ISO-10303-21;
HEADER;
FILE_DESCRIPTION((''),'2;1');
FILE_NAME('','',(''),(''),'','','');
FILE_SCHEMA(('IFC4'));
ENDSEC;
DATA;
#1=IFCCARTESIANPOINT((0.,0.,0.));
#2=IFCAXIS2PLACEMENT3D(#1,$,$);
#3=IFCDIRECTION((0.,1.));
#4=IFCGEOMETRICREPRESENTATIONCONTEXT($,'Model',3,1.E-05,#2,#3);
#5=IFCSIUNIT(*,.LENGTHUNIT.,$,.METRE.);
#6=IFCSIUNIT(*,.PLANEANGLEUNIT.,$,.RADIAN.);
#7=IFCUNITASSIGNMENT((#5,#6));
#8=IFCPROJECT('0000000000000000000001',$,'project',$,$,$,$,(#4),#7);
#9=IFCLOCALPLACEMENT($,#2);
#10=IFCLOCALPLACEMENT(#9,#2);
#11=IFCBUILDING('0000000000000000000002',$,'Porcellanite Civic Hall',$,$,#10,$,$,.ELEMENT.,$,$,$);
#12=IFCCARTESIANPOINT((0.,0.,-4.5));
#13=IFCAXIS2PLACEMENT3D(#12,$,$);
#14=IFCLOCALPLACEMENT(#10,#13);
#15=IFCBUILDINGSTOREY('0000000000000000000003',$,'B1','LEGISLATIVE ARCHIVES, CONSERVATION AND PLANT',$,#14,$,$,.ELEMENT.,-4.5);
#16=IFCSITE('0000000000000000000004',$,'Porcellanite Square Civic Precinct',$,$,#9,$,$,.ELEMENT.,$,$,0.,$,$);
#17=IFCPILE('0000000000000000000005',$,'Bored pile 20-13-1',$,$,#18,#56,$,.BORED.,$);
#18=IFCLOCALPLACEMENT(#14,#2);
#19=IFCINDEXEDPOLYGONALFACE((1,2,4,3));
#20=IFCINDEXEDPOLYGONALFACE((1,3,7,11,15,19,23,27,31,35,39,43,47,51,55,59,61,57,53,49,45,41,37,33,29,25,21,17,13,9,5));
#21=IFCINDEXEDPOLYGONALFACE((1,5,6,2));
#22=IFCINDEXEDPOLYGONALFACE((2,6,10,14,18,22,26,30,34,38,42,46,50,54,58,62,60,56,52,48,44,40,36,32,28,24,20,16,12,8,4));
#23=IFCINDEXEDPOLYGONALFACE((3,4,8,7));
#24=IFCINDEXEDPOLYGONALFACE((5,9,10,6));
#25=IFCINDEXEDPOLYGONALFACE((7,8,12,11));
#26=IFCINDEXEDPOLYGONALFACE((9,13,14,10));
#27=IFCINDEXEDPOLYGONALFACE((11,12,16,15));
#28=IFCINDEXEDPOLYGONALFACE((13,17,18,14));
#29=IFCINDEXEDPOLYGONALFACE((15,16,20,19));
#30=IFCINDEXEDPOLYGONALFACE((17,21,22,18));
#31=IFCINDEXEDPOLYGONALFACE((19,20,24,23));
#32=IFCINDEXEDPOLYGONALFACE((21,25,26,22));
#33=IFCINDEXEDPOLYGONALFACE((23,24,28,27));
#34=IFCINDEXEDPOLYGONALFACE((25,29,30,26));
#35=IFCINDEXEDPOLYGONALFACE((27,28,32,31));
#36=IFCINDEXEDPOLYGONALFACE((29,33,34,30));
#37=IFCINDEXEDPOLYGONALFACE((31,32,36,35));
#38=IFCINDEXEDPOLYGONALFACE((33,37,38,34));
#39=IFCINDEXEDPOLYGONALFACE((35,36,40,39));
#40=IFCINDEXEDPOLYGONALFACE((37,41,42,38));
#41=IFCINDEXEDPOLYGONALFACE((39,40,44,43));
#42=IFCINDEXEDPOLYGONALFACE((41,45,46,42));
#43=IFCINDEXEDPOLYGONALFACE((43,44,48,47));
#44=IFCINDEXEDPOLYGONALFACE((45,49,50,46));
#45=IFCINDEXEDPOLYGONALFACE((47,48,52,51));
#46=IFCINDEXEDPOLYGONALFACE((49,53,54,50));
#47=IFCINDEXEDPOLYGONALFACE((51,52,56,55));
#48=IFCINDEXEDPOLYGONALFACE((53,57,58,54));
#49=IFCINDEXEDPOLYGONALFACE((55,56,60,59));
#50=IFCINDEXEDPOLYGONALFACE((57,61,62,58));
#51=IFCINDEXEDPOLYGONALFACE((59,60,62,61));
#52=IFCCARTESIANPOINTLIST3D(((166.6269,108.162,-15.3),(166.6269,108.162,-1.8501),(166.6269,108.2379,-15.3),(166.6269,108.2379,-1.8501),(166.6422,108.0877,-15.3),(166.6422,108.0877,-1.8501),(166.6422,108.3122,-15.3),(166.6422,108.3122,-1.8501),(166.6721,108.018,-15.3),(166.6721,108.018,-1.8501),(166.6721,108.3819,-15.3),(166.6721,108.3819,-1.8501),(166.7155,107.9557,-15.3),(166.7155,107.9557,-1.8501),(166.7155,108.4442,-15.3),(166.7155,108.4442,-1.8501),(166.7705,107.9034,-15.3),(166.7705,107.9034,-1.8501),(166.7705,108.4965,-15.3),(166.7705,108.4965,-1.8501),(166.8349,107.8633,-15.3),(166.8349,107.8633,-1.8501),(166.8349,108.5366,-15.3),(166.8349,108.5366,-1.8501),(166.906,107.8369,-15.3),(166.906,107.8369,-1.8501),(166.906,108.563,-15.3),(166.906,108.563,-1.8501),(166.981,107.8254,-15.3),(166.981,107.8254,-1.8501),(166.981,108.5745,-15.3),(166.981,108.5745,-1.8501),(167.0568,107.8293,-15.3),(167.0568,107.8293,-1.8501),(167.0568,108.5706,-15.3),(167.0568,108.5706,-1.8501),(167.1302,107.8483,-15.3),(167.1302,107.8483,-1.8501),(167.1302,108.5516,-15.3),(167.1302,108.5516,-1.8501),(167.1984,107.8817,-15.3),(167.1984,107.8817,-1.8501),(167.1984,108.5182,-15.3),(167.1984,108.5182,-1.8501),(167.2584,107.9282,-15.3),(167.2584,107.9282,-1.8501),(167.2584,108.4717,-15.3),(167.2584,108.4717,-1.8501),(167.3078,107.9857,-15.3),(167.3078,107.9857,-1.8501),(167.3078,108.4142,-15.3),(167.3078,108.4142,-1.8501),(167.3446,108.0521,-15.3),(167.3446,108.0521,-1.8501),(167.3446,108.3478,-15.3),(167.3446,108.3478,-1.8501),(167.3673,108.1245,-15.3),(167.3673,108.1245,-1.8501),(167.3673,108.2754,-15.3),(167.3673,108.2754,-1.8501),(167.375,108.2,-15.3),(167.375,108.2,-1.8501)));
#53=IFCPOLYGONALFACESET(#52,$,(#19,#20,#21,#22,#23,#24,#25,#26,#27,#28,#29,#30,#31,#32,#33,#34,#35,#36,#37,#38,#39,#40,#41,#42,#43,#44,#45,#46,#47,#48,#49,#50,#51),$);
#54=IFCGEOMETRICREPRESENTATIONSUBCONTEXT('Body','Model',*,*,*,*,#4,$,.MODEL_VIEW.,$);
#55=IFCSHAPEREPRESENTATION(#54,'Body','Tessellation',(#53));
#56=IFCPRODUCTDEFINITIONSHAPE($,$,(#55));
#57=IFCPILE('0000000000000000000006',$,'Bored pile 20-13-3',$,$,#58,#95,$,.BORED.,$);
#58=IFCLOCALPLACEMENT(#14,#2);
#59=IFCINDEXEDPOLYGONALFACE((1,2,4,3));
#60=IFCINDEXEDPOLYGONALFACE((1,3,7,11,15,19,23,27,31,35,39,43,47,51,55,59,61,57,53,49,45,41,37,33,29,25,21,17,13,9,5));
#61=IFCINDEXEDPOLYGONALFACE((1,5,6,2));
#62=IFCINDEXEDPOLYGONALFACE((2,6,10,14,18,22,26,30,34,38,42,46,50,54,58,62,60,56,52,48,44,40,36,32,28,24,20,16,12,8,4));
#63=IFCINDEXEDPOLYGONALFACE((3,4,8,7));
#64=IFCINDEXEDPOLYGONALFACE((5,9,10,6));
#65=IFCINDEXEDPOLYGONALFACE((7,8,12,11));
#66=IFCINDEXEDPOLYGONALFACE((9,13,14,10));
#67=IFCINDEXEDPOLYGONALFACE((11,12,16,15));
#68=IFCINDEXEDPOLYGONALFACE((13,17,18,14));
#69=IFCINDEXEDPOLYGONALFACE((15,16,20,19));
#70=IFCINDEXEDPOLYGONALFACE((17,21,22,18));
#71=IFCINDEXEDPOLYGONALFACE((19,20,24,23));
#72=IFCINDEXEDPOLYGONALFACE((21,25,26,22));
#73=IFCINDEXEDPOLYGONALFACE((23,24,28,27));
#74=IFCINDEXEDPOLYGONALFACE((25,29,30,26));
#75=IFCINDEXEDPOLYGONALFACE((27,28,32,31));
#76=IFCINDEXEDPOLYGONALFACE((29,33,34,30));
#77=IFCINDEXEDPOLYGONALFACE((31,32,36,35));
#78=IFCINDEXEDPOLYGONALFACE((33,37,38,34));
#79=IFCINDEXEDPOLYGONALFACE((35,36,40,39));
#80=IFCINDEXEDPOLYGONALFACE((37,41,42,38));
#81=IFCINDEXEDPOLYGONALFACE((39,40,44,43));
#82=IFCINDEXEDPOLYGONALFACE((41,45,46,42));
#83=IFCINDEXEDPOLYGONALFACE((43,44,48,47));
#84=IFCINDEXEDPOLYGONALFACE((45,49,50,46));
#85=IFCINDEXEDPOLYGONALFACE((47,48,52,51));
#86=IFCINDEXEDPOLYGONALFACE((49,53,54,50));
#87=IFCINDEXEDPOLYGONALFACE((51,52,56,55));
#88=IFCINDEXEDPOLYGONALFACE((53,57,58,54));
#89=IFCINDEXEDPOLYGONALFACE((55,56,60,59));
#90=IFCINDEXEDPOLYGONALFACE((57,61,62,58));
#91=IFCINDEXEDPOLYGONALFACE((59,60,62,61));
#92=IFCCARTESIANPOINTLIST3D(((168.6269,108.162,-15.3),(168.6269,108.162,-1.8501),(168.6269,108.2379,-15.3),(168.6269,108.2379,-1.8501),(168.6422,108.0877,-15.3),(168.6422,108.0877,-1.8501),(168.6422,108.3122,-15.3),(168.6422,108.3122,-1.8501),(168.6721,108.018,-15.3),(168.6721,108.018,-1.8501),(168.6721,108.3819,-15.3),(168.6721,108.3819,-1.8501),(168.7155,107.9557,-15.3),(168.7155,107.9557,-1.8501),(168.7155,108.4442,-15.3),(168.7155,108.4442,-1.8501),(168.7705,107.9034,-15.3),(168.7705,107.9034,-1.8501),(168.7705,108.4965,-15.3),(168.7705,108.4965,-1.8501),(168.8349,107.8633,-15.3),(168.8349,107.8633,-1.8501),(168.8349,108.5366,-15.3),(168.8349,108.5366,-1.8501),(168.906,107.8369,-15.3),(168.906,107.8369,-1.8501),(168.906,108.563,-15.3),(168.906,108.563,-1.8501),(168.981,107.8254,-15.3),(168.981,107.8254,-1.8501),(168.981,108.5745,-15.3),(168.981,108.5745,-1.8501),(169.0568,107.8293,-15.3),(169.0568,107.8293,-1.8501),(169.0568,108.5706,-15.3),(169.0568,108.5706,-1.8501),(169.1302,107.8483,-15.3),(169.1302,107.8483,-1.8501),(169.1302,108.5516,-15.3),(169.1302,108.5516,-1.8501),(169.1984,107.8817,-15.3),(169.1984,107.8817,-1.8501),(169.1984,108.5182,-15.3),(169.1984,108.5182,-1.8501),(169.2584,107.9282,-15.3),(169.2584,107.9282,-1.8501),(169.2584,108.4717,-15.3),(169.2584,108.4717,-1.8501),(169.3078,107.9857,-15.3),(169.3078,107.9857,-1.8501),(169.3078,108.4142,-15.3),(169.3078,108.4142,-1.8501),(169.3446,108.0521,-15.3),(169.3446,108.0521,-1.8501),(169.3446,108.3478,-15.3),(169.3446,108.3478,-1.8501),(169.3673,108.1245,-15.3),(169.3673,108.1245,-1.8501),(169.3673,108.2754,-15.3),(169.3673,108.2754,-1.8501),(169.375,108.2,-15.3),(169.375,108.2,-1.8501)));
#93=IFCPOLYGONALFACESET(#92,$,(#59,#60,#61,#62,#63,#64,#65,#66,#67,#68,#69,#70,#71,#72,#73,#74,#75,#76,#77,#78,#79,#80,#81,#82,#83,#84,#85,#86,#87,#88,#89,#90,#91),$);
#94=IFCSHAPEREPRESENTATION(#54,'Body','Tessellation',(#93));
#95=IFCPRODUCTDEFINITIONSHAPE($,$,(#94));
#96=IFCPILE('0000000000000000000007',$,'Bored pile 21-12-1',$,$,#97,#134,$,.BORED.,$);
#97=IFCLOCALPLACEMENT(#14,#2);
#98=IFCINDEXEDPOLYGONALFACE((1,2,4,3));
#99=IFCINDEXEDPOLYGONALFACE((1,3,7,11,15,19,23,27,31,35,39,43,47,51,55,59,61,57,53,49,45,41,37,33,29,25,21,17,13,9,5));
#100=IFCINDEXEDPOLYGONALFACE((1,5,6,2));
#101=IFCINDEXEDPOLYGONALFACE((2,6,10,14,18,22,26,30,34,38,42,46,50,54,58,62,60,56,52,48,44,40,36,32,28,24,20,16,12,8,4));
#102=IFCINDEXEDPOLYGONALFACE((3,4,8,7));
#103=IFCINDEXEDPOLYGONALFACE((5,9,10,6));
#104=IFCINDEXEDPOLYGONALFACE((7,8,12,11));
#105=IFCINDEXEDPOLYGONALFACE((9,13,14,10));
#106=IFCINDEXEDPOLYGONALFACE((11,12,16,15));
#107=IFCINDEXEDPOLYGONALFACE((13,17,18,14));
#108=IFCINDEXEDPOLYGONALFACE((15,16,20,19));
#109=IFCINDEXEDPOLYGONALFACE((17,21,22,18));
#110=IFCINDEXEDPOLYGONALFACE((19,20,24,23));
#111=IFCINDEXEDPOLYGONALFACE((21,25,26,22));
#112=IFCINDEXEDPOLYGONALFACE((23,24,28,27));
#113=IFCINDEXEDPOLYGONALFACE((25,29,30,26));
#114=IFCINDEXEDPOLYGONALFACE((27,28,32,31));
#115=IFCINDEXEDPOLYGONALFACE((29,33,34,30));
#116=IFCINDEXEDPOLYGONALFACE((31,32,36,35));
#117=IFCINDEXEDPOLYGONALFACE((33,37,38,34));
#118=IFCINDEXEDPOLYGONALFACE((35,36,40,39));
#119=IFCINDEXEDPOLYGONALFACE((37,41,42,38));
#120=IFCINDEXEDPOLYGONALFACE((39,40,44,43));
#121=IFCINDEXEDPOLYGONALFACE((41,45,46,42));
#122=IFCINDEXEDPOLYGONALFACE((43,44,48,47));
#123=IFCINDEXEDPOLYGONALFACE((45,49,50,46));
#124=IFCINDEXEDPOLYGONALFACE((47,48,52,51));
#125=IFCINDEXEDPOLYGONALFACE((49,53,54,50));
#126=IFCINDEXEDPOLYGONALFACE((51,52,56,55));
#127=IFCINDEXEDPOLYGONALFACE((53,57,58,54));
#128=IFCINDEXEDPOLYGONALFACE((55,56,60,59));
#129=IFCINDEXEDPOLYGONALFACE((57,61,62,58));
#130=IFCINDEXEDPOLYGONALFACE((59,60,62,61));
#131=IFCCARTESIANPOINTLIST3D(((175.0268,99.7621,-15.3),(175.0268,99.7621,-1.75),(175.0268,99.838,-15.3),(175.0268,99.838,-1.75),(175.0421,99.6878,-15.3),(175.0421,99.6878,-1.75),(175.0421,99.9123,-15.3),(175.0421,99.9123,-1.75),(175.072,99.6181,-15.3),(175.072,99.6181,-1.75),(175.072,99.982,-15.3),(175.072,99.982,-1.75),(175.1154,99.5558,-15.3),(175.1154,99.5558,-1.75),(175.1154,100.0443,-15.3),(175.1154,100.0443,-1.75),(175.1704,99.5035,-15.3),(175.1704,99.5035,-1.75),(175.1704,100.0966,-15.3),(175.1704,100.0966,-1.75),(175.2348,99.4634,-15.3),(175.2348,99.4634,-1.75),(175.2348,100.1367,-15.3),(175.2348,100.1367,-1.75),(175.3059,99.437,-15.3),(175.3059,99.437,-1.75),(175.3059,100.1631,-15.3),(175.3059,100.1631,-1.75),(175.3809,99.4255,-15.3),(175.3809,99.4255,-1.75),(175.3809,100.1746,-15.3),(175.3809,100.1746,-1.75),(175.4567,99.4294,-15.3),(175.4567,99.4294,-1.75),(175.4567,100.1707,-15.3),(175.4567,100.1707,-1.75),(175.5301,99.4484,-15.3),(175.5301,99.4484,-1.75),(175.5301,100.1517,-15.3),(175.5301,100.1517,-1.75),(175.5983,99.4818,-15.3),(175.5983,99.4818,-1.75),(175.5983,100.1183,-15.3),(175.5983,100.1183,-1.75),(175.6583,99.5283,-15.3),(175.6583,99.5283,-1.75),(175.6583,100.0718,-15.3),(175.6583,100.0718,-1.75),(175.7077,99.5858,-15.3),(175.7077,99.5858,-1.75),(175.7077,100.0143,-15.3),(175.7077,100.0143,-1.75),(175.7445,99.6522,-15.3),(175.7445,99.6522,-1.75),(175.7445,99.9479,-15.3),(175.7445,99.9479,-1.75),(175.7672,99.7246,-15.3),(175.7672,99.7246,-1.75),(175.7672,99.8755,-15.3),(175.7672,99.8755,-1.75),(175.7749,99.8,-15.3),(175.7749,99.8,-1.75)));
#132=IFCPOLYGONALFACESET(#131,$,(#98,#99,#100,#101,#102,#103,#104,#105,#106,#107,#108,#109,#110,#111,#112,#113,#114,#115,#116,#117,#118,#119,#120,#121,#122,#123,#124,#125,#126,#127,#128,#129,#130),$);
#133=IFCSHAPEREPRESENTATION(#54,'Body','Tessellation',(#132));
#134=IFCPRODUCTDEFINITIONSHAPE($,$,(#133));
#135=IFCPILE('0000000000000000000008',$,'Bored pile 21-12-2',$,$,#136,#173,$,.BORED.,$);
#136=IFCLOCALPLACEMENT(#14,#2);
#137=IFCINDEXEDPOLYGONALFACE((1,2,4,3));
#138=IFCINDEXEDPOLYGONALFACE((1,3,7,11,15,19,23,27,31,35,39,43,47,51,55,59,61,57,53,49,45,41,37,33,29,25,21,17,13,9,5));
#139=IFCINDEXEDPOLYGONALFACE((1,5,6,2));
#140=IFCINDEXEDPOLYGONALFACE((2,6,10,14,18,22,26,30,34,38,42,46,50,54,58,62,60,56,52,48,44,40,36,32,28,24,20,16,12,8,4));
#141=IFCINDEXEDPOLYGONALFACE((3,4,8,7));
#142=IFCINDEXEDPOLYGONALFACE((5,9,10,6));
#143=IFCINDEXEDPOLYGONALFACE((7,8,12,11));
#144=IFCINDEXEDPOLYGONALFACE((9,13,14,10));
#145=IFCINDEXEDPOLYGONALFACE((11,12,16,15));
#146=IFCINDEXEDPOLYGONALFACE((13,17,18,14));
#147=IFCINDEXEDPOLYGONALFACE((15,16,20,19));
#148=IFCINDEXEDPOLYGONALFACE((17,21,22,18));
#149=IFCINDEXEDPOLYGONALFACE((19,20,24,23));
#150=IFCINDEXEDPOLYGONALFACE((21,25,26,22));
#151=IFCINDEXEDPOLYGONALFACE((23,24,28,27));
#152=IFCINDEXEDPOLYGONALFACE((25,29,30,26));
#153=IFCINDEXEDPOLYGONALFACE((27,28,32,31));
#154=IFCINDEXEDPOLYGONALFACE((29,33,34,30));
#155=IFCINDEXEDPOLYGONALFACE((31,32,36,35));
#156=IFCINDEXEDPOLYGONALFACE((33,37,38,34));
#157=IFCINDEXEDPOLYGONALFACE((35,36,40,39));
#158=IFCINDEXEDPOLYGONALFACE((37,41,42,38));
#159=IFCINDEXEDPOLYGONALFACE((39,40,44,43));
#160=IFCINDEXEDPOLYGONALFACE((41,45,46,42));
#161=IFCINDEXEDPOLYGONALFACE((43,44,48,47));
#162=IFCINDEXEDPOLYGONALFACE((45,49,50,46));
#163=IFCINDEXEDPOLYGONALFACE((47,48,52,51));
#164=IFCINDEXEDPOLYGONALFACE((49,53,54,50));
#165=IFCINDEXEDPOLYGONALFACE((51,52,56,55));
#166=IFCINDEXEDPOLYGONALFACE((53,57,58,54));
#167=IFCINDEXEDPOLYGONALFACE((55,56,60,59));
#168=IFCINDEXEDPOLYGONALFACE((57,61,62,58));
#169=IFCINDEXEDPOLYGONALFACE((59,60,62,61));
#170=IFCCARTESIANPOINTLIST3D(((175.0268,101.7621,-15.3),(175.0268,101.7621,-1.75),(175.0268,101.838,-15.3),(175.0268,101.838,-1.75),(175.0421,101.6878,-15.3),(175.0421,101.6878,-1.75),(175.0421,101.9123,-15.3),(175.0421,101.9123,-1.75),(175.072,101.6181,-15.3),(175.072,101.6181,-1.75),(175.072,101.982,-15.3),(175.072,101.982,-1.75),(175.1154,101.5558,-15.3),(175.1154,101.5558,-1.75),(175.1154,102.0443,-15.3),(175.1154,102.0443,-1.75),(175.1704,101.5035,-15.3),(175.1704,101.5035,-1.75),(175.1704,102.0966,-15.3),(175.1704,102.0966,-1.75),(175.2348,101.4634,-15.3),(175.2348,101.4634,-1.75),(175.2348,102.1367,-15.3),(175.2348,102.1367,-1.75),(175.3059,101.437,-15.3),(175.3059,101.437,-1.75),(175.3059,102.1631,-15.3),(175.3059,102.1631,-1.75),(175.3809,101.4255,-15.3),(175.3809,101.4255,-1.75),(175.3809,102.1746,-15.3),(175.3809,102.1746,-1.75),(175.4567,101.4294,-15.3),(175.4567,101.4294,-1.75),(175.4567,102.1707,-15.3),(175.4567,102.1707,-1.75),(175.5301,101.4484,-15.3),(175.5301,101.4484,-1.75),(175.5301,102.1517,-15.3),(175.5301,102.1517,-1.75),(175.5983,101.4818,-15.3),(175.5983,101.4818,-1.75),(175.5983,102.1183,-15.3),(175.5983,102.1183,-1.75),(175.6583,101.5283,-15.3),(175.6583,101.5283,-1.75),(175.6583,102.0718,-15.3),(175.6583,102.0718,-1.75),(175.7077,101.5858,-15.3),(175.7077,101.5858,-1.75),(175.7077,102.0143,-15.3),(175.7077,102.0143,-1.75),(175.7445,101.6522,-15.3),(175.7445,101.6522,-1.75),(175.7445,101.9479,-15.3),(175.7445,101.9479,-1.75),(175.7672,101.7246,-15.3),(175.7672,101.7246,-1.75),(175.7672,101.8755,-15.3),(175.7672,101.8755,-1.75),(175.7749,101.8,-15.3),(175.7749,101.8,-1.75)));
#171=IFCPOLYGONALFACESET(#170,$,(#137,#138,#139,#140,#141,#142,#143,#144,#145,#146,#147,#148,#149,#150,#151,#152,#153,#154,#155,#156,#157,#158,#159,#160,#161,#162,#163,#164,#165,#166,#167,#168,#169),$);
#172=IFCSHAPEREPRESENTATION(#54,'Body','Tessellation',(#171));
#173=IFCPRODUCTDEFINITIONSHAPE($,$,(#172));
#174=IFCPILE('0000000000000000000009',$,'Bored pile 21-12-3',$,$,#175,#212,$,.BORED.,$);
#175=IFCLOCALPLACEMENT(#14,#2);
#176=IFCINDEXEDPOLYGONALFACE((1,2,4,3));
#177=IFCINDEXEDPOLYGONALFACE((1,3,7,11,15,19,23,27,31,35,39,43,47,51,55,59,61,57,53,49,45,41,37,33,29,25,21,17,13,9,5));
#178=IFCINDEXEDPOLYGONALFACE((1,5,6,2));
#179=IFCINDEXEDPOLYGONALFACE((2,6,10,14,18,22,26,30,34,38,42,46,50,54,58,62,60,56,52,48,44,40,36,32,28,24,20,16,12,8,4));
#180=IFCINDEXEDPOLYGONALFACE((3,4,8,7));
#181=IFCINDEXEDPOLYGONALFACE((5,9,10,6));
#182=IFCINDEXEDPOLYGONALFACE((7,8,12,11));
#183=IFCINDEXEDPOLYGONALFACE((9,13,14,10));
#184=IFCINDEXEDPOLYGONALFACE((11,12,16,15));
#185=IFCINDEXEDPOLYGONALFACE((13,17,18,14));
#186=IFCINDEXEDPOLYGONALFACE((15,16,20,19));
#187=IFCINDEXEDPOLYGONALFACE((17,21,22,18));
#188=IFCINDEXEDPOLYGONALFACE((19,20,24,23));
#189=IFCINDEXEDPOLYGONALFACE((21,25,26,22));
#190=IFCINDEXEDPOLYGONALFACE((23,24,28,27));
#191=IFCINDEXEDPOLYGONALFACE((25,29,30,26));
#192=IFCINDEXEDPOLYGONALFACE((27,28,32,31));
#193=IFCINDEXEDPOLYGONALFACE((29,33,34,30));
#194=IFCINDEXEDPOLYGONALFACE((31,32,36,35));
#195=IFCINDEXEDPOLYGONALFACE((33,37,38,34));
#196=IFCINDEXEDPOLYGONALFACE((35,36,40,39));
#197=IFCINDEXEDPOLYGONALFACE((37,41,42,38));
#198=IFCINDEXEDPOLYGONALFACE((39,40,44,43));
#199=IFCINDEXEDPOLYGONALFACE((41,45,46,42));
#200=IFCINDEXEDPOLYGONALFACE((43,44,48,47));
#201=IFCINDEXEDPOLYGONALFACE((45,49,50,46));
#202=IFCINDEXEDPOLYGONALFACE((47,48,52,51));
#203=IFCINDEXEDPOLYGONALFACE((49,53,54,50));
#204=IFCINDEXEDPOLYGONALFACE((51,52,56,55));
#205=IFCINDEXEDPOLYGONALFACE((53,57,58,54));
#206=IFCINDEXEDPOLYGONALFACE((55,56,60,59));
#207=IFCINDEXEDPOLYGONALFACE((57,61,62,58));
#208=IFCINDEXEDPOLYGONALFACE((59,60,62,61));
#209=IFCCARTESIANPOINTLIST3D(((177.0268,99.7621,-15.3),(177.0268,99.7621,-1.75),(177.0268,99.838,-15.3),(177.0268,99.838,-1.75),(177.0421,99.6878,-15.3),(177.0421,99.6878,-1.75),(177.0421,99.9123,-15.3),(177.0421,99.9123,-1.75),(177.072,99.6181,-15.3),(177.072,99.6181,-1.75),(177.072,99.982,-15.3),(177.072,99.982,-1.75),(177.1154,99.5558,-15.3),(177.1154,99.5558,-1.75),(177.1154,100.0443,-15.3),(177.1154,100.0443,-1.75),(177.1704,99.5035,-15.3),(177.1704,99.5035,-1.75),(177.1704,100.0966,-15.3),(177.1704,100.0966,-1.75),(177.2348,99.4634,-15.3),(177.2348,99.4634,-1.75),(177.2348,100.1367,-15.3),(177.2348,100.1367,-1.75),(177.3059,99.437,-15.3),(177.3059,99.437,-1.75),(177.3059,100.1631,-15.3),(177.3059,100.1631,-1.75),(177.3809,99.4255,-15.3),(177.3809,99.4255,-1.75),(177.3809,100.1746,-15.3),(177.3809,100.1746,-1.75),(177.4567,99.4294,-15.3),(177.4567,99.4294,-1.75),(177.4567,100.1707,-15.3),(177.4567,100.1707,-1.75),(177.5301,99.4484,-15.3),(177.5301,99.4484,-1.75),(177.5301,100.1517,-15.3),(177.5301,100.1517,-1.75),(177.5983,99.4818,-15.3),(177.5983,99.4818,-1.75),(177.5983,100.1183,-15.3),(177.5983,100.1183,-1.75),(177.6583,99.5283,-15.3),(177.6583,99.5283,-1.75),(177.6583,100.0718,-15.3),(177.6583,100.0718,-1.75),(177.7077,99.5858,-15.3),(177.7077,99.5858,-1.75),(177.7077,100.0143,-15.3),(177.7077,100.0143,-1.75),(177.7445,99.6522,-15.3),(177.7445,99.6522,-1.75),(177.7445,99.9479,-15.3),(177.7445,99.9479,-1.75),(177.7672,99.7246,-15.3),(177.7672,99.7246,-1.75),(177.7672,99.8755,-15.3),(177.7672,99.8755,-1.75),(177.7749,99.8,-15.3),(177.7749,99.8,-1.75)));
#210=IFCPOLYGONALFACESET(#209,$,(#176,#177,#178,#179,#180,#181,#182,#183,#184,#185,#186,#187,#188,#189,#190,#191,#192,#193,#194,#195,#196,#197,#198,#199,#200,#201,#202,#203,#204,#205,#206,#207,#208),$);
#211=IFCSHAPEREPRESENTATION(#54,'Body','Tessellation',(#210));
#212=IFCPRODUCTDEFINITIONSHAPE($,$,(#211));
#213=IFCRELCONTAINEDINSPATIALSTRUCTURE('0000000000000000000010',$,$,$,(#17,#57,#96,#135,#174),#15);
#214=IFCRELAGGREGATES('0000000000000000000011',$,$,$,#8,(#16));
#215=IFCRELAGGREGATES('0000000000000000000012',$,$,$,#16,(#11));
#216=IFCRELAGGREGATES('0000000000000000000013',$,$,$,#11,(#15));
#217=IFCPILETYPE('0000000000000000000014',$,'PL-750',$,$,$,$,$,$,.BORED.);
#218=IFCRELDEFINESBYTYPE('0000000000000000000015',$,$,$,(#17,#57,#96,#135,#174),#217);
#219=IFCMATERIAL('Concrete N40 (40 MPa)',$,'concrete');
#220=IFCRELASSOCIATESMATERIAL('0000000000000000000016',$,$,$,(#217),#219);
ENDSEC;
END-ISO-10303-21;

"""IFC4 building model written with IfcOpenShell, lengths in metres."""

from ifc_helpers import new_model, si_unit, direction, frame, origin, origin_2d, place, context, subcontext, project, spatial, circle, extrude, material, material_profile, profile_set, type_object, element, save


model = new_model("IFC4")

# Units and contexts
model_context = context("Model", 3, precision=1e-05, world=origin(), true_north=direction((0.0, 1.0)))
body_context = subcontext(model_context, "Body", "Model", "MODEL_VIEW")
ifc_project = project(units=[si_unit("LENGTHUNIT", "METRE"), si_unit("PLANEANGLEUNIT", "RADIAN")], contexts=[model_context])

# Site, building, storey
site_placement = place(None, origin())
site = spatial("IfcSite", under=ifc_project, at=site_placement, Name="Porcellanite Square Civic Precinct", CompositionType="ELEMENT", RefElevation=0.0)
building_placement = place(site_placement, origin())
building = spatial("IfcBuilding", under=site, at=building_placement, Name="Porcellanite Civic Hall", CompositionType="ELEMENT")
storey_placement = place(building_placement, frame((0.0, 0.0, -4.5)))
storey = spatial("IfcBuildingStorey", under=building, at=storey_placement, Name="B1", Description="LEGISLATIVE ARCHIVES, CONSERVATION AND PLANT", CompositionType="ELEMENT", Elevation=-4.5)

# Piles
ifc_material_1 = material(Name="Concrete N40 (40 MPa)", Category="concrete")
ifc_material_profile_1 = material_profile(ifc_material_1, circle(Radius=0.375, at=origin_2d()), Name="PILE-D750")
ifc_profile_set_1 = profile_set([ifc_material_profile_1], Name="Concrete N40 (40 MPa)")
pile_type = type_object("IfcPileType", Name="PL-750", PredefinedType="BORED", material=ifc_profile_set_1)
for number, where, z_axis, x_axis, name in (
    (1, (167.0, 108.2, -1.8501), (0.0, 0.0, -1.0), (1.0, 0.0, 0.0), "Bored pile 20-13-1"),
    (2, (169.0, 108.2, -1.8501), (0.0, 0.0, -1.0), (1.0, 0.0, 0.0), "Bored pile 20-13-3"),
):
    element("IfcPile", number, at=place(storey_placement, frame(where, z_axis=z_axis, x_axis=x_axis)), inside=storey, type_object=pile_type, Name=name, PredefinedType="BORED", context=body_context, shape_type="SweptSolid", body=[
        extrude(circle(Radius=0.375, at=origin_2d()), origin(), (0.0, 0.0, 1.0), 13.45),
    ])
for number, where, z_axis, x_axis, name in (
    (3, (175.3999, 99.8, -1.75), (0.0, 0.0, -1.0), (1.0, 0.0, 0.0), "Bored pile 21-12-1"),
    (4, (175.3999, 101.8, -1.75), (0.0, 0.0, -1.0), (1.0, 0.0, 0.0), "Bored pile 21-12-2"),
    (5, (177.3999, 99.8, -1.75), (0.0, 0.0, -1.0), (1.0, 0.0, 0.0), "Bored pile 21-12-3"),
):
    element("IfcPile", number, at=place(storey_placement, frame(where, z_axis=z_axis, x_axis=x_axis)), inside=storey, type_object=pile_type, Name=name, PredefinedType="BORED", context=body_context, shape_type="SweptSolid", body=[
        extrude(circle(Radius=0.375, at=origin_2d()), origin(), (0.0, 0.0, 1.0), 13.55),
    ])

save(model, "model.ifc")
